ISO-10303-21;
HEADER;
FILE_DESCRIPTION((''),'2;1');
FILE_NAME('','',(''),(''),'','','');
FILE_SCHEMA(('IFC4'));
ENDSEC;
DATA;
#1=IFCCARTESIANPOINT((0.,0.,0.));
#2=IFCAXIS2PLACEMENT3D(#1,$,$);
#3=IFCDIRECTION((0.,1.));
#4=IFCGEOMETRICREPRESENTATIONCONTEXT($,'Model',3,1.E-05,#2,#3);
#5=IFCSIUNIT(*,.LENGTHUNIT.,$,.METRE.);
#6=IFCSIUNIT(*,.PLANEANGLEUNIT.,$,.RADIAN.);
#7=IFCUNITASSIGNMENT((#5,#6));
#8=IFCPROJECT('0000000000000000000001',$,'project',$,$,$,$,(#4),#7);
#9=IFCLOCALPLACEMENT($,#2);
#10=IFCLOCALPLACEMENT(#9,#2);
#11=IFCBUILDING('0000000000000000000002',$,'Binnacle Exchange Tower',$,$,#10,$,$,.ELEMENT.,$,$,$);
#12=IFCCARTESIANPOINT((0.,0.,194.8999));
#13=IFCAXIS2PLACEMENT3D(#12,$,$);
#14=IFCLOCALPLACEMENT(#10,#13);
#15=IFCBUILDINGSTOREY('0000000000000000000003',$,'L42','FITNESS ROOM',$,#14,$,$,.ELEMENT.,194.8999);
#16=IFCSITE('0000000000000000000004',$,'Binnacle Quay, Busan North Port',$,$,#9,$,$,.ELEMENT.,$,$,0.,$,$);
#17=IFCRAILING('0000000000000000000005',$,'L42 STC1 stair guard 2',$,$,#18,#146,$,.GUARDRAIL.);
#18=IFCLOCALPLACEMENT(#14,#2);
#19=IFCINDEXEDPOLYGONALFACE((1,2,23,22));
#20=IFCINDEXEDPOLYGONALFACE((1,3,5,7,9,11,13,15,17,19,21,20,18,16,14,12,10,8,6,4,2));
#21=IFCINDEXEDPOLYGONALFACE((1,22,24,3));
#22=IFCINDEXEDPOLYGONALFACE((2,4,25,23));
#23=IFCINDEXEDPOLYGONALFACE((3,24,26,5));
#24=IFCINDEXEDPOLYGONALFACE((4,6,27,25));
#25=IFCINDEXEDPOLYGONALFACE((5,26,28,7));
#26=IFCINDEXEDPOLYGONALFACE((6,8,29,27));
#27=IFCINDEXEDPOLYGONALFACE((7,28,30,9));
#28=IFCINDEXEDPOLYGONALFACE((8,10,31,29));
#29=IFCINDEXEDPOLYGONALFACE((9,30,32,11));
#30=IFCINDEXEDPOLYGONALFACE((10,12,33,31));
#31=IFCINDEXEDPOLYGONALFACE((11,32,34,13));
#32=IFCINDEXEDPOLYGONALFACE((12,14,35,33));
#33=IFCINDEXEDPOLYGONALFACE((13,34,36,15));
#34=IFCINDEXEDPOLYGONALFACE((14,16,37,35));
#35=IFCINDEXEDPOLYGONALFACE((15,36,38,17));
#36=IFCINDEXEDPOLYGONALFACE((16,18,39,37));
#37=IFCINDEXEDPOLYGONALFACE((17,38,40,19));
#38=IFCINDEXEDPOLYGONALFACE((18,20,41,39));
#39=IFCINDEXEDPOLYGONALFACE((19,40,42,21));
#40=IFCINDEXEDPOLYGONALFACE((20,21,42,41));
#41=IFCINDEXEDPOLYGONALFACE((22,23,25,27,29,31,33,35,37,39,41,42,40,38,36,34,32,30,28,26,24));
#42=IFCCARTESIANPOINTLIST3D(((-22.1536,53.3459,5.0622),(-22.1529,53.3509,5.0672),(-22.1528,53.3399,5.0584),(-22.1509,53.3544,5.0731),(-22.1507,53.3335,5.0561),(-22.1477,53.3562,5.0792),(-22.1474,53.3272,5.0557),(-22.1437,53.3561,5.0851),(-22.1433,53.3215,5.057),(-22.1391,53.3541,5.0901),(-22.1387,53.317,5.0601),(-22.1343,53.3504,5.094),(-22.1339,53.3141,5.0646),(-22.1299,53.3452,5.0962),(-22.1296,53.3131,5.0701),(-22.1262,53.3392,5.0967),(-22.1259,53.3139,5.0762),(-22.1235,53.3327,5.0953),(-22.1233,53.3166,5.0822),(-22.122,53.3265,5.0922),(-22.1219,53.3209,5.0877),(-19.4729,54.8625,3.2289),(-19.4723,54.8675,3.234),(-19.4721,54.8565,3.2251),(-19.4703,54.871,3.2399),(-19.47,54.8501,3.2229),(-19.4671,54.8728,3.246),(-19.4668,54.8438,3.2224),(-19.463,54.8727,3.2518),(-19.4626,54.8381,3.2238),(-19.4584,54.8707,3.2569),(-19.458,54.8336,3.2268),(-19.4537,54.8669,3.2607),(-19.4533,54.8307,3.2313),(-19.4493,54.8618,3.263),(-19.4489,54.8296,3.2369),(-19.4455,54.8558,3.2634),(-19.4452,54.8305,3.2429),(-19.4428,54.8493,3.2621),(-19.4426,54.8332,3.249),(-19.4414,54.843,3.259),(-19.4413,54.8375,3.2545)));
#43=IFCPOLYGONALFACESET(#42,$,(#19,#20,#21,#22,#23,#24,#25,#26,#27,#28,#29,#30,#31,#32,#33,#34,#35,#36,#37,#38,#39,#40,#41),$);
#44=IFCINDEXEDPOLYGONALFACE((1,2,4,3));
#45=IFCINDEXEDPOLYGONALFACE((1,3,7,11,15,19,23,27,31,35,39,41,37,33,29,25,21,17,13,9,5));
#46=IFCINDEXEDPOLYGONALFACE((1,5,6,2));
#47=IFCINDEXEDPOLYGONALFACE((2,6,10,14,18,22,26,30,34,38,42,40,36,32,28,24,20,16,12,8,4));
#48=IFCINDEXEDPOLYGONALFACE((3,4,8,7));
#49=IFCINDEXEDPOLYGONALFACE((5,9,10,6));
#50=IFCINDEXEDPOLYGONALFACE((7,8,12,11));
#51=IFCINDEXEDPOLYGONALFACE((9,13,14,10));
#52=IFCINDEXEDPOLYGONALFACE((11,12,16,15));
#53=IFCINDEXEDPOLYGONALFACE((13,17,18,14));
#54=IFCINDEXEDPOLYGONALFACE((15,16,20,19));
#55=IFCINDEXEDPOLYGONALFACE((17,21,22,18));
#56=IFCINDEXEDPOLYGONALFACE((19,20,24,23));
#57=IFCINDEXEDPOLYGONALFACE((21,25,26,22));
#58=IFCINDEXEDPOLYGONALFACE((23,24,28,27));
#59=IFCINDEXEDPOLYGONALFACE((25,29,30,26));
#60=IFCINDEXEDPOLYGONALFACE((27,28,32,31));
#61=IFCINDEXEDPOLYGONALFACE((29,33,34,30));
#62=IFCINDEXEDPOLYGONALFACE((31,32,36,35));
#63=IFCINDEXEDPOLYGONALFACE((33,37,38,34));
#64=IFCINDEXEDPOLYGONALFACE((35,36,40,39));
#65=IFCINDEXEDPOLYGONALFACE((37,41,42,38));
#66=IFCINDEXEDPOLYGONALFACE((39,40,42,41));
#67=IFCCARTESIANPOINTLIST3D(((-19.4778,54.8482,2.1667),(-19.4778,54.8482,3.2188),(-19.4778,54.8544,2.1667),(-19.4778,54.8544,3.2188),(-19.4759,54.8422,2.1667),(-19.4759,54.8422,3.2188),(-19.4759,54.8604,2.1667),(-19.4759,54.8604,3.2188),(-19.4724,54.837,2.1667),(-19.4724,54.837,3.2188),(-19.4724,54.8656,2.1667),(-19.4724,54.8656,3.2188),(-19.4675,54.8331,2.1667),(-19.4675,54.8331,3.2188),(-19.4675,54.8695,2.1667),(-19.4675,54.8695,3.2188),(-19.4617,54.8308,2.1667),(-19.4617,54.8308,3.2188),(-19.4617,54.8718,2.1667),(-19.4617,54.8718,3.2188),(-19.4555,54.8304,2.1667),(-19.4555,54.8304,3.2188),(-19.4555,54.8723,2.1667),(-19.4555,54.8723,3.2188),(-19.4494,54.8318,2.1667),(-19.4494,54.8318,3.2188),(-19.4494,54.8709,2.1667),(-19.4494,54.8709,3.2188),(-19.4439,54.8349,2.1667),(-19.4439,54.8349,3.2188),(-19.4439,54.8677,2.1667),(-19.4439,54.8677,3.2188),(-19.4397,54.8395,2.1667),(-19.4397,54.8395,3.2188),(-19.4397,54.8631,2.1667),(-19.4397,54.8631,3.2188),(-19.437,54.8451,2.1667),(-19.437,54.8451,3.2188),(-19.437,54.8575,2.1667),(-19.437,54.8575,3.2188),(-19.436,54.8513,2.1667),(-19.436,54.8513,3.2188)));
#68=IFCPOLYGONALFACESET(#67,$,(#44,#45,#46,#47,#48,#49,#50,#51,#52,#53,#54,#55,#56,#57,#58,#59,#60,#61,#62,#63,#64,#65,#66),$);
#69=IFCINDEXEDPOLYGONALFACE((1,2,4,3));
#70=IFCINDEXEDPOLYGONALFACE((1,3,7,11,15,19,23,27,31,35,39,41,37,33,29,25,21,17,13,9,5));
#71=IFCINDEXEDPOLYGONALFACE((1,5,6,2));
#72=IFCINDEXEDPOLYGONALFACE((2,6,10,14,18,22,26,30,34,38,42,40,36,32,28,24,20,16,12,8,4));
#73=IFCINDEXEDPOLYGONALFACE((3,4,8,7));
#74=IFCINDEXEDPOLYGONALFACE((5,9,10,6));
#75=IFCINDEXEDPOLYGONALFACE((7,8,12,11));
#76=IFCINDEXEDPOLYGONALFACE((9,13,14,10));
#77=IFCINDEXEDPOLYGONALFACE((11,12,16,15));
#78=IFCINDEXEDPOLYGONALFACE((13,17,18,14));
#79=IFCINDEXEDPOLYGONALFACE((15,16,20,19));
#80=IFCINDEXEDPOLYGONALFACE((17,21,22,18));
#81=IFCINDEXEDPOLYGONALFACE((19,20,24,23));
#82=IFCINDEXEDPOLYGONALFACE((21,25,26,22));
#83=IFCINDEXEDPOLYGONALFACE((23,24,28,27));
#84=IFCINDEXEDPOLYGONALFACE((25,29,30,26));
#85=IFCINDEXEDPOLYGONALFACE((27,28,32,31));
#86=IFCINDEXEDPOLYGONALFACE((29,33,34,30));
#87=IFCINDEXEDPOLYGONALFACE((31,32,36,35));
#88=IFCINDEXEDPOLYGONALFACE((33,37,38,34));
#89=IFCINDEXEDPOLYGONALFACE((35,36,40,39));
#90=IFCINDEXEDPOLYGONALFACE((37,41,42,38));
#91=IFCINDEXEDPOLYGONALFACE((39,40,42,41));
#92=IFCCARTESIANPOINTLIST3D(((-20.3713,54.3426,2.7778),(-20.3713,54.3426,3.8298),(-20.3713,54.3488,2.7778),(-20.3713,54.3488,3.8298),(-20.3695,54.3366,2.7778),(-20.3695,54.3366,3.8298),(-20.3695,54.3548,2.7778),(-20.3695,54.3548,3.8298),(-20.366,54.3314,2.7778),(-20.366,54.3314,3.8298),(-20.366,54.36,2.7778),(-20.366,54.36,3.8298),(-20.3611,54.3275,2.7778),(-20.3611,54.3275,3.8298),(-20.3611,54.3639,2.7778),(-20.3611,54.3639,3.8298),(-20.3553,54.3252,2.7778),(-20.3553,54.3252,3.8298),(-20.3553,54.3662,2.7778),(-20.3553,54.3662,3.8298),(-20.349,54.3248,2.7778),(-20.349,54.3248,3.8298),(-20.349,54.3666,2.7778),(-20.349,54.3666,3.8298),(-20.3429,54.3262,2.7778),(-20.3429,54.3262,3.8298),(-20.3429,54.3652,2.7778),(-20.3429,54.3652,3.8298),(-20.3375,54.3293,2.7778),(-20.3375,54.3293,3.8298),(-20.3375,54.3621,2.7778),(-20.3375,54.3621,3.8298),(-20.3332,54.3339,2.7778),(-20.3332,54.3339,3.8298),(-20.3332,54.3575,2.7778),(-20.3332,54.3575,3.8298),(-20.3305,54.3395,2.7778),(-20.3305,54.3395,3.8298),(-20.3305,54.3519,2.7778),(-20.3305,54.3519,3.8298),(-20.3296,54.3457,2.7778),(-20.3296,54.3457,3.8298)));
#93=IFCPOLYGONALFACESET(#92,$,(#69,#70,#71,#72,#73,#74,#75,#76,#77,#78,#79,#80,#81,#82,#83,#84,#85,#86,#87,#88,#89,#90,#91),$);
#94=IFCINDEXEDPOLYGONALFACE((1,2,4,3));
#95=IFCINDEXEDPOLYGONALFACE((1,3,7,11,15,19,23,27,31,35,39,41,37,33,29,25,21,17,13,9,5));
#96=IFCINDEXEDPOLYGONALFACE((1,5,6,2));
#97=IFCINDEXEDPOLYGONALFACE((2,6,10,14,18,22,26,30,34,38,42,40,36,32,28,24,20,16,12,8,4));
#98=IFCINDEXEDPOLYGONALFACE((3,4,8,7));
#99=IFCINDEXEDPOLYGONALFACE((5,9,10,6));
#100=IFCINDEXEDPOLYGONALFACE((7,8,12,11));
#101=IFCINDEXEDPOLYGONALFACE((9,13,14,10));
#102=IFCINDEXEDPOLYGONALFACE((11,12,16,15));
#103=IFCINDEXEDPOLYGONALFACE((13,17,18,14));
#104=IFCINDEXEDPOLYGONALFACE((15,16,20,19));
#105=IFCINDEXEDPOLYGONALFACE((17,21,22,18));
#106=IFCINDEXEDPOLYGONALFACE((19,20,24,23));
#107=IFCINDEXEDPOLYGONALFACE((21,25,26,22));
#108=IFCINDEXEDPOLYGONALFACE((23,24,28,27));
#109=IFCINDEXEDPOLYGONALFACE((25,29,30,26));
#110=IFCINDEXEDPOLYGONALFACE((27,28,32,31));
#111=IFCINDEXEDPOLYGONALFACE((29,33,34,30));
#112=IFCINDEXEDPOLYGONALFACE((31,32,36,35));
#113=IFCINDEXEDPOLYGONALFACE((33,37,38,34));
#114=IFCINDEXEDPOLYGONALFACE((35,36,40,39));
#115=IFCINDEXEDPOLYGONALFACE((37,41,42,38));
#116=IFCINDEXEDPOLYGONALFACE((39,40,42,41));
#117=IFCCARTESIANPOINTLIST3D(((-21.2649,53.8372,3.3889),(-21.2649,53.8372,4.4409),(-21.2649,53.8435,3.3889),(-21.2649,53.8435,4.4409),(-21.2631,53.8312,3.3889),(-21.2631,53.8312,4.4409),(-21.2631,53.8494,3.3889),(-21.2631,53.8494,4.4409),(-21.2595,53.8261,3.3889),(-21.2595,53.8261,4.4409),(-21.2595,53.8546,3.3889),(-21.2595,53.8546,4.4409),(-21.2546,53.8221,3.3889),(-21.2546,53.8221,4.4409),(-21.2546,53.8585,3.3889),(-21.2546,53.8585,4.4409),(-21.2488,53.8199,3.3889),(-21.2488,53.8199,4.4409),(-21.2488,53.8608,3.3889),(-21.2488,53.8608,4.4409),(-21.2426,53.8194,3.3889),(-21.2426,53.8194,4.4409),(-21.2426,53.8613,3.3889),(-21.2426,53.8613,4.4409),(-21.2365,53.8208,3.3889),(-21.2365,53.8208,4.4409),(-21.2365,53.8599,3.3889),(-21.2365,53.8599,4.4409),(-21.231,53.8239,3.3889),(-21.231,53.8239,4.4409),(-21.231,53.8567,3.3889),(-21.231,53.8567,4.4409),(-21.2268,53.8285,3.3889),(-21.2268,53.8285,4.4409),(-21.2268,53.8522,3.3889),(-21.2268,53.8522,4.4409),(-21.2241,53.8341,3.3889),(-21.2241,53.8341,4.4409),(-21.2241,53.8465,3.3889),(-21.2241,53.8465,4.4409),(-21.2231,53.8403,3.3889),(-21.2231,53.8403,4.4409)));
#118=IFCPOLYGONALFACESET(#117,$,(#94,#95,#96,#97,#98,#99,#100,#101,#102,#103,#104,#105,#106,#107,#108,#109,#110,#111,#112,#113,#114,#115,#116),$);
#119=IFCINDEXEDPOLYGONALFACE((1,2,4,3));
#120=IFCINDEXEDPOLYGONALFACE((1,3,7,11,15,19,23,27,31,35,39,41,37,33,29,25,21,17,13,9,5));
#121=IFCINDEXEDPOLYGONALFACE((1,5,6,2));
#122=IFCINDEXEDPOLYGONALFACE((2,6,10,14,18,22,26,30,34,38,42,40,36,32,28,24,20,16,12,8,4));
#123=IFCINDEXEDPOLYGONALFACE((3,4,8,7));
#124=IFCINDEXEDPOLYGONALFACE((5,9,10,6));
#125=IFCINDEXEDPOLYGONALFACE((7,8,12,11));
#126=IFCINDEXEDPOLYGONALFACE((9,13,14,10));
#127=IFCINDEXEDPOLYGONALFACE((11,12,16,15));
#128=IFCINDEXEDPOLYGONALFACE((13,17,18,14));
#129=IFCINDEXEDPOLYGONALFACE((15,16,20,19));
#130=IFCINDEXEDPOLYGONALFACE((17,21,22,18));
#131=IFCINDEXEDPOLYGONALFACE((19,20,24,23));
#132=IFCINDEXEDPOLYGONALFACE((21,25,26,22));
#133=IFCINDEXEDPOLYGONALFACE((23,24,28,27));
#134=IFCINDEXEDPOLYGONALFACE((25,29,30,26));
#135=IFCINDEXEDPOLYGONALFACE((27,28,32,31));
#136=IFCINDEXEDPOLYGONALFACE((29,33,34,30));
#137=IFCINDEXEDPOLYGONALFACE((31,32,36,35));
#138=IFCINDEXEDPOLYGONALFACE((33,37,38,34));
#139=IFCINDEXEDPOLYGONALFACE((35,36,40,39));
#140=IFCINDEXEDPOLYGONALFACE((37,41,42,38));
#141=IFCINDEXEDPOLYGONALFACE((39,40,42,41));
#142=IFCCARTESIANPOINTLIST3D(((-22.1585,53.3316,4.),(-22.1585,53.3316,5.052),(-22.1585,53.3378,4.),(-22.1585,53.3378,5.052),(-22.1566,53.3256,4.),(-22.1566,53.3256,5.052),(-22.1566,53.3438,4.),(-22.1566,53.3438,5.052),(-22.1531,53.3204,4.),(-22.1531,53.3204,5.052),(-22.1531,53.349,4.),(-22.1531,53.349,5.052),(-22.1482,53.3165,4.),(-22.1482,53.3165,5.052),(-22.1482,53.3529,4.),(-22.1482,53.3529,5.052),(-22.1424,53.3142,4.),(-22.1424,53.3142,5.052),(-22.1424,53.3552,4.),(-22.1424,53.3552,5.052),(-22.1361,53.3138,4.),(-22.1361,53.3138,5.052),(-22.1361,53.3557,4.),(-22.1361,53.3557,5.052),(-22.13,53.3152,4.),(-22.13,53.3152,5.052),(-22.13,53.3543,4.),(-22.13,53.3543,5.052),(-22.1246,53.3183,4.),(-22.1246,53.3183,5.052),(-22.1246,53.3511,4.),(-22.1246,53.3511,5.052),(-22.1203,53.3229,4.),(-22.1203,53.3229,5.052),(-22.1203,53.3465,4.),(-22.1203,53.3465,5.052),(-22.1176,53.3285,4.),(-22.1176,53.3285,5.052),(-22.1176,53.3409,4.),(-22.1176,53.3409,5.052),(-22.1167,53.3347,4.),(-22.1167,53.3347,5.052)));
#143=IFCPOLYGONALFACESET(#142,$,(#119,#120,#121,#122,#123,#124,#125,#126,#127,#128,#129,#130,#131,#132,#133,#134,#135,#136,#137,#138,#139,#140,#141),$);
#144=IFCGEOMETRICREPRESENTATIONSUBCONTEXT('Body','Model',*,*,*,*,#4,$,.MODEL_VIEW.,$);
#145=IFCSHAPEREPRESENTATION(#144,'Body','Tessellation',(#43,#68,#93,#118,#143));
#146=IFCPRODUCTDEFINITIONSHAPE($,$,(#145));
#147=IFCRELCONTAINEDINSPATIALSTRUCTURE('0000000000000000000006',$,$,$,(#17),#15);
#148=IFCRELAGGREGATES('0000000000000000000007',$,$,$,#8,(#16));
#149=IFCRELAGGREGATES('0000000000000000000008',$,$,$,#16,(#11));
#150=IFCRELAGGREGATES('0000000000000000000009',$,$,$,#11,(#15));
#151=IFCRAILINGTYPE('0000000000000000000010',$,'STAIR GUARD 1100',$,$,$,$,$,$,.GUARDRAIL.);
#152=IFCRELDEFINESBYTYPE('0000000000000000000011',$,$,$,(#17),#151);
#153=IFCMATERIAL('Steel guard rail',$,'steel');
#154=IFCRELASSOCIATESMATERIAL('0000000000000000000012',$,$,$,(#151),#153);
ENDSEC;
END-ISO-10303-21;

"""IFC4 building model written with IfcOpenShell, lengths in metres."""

from ifc_helpers import new_model, si_unit, direction, frame, origin, origin_2d, place, context, subcontext, project, spatial, circle, extrude, material, type_object, element, save


model = new_model("IFC4")

# Units and contexts
model_context = context("Model", 3, precision=1e-05, world=origin(), true_north=direction((0.0, 1.0)))
body_context = subcontext(model_context, "Body", "Model", "MODEL_VIEW")
ifc_project = project(units=[si_unit("LENGTHUNIT", "METRE"), si_unit("PLANEANGLEUNIT", "RADIAN")], contexts=[model_context])

# Site, building, storey
site_placement = place(None, origin())
site = spatial("IfcSite", under=ifc_project, at=site_placement, Name="Binnacle Quay, Busan North Port", CompositionType="ELEMENT", RefElevation=0.0)
building_placement = place(site_placement, origin())
building = spatial("IfcBuilding", under=site, at=building_placement, Name="Binnacle Exchange Tower", CompositionType="ELEMENT")
storey_placement = place(building_placement, frame((0.0, 0.0, 194.8999)))
storey = spatial("IfcBuildingStorey", under=building, at=storey_placement, Name="L42", Description="FITNESS ROOM", CompositionType="ELEMENT", Elevation=194.8999)

# Railing
ifc_material_1 = material(Name="Steel guard rail", Category="steel")
railing_type_1 = type_object("IfcRailingType", Name="STAIR GUARD 1100", PredefinedType="GUARDRAIL", material=ifc_material_1)
railing_1_placement = place(storey_placement, frame((-19.457, 54.8513, 2.1667)))
element("IfcRailing", 1, at=railing_1_placement, inside=storey, type_object=railing_type_1, Name="L42 STC1 stair guard 2", PredefinedType="GUARDRAIL", context=body_context, shape_type="SweptSolid", body=[
    extrude(circle(Radius=0.0239, at=origin_2d()), frame((0.0, 0.0, 1.0762), z_axis=(-0.747901, -0.423129, 0.511474), x_axis=(0.492412, -0.870362, 0.0)), (0.0, 0.0, 1.0), 3.5842),
    extrude(circle(Radius=0.021, at=origin_2d()), origin(), (0.0, 0.0, 1.0), 1.052),
    extrude(circle(Radius=0.021, at=origin_2d()), frame((-0.8936, -0.5056, 0.6111)), (0.0, 0.0, 1.0), 1.052),
    extrude(circle(Radius=0.021, at=origin_2d()), frame((-1.7871, -1.011, 1.2222)), (0.0, 0.0, 1.0), 1.052),
    extrude(circle(Radius=0.021, at=origin_2d()), frame((-2.6807, -1.5166, 1.8333)), (0.0, 0.0, 1.0), 1.052),
])

save(model, "model.ifc")
